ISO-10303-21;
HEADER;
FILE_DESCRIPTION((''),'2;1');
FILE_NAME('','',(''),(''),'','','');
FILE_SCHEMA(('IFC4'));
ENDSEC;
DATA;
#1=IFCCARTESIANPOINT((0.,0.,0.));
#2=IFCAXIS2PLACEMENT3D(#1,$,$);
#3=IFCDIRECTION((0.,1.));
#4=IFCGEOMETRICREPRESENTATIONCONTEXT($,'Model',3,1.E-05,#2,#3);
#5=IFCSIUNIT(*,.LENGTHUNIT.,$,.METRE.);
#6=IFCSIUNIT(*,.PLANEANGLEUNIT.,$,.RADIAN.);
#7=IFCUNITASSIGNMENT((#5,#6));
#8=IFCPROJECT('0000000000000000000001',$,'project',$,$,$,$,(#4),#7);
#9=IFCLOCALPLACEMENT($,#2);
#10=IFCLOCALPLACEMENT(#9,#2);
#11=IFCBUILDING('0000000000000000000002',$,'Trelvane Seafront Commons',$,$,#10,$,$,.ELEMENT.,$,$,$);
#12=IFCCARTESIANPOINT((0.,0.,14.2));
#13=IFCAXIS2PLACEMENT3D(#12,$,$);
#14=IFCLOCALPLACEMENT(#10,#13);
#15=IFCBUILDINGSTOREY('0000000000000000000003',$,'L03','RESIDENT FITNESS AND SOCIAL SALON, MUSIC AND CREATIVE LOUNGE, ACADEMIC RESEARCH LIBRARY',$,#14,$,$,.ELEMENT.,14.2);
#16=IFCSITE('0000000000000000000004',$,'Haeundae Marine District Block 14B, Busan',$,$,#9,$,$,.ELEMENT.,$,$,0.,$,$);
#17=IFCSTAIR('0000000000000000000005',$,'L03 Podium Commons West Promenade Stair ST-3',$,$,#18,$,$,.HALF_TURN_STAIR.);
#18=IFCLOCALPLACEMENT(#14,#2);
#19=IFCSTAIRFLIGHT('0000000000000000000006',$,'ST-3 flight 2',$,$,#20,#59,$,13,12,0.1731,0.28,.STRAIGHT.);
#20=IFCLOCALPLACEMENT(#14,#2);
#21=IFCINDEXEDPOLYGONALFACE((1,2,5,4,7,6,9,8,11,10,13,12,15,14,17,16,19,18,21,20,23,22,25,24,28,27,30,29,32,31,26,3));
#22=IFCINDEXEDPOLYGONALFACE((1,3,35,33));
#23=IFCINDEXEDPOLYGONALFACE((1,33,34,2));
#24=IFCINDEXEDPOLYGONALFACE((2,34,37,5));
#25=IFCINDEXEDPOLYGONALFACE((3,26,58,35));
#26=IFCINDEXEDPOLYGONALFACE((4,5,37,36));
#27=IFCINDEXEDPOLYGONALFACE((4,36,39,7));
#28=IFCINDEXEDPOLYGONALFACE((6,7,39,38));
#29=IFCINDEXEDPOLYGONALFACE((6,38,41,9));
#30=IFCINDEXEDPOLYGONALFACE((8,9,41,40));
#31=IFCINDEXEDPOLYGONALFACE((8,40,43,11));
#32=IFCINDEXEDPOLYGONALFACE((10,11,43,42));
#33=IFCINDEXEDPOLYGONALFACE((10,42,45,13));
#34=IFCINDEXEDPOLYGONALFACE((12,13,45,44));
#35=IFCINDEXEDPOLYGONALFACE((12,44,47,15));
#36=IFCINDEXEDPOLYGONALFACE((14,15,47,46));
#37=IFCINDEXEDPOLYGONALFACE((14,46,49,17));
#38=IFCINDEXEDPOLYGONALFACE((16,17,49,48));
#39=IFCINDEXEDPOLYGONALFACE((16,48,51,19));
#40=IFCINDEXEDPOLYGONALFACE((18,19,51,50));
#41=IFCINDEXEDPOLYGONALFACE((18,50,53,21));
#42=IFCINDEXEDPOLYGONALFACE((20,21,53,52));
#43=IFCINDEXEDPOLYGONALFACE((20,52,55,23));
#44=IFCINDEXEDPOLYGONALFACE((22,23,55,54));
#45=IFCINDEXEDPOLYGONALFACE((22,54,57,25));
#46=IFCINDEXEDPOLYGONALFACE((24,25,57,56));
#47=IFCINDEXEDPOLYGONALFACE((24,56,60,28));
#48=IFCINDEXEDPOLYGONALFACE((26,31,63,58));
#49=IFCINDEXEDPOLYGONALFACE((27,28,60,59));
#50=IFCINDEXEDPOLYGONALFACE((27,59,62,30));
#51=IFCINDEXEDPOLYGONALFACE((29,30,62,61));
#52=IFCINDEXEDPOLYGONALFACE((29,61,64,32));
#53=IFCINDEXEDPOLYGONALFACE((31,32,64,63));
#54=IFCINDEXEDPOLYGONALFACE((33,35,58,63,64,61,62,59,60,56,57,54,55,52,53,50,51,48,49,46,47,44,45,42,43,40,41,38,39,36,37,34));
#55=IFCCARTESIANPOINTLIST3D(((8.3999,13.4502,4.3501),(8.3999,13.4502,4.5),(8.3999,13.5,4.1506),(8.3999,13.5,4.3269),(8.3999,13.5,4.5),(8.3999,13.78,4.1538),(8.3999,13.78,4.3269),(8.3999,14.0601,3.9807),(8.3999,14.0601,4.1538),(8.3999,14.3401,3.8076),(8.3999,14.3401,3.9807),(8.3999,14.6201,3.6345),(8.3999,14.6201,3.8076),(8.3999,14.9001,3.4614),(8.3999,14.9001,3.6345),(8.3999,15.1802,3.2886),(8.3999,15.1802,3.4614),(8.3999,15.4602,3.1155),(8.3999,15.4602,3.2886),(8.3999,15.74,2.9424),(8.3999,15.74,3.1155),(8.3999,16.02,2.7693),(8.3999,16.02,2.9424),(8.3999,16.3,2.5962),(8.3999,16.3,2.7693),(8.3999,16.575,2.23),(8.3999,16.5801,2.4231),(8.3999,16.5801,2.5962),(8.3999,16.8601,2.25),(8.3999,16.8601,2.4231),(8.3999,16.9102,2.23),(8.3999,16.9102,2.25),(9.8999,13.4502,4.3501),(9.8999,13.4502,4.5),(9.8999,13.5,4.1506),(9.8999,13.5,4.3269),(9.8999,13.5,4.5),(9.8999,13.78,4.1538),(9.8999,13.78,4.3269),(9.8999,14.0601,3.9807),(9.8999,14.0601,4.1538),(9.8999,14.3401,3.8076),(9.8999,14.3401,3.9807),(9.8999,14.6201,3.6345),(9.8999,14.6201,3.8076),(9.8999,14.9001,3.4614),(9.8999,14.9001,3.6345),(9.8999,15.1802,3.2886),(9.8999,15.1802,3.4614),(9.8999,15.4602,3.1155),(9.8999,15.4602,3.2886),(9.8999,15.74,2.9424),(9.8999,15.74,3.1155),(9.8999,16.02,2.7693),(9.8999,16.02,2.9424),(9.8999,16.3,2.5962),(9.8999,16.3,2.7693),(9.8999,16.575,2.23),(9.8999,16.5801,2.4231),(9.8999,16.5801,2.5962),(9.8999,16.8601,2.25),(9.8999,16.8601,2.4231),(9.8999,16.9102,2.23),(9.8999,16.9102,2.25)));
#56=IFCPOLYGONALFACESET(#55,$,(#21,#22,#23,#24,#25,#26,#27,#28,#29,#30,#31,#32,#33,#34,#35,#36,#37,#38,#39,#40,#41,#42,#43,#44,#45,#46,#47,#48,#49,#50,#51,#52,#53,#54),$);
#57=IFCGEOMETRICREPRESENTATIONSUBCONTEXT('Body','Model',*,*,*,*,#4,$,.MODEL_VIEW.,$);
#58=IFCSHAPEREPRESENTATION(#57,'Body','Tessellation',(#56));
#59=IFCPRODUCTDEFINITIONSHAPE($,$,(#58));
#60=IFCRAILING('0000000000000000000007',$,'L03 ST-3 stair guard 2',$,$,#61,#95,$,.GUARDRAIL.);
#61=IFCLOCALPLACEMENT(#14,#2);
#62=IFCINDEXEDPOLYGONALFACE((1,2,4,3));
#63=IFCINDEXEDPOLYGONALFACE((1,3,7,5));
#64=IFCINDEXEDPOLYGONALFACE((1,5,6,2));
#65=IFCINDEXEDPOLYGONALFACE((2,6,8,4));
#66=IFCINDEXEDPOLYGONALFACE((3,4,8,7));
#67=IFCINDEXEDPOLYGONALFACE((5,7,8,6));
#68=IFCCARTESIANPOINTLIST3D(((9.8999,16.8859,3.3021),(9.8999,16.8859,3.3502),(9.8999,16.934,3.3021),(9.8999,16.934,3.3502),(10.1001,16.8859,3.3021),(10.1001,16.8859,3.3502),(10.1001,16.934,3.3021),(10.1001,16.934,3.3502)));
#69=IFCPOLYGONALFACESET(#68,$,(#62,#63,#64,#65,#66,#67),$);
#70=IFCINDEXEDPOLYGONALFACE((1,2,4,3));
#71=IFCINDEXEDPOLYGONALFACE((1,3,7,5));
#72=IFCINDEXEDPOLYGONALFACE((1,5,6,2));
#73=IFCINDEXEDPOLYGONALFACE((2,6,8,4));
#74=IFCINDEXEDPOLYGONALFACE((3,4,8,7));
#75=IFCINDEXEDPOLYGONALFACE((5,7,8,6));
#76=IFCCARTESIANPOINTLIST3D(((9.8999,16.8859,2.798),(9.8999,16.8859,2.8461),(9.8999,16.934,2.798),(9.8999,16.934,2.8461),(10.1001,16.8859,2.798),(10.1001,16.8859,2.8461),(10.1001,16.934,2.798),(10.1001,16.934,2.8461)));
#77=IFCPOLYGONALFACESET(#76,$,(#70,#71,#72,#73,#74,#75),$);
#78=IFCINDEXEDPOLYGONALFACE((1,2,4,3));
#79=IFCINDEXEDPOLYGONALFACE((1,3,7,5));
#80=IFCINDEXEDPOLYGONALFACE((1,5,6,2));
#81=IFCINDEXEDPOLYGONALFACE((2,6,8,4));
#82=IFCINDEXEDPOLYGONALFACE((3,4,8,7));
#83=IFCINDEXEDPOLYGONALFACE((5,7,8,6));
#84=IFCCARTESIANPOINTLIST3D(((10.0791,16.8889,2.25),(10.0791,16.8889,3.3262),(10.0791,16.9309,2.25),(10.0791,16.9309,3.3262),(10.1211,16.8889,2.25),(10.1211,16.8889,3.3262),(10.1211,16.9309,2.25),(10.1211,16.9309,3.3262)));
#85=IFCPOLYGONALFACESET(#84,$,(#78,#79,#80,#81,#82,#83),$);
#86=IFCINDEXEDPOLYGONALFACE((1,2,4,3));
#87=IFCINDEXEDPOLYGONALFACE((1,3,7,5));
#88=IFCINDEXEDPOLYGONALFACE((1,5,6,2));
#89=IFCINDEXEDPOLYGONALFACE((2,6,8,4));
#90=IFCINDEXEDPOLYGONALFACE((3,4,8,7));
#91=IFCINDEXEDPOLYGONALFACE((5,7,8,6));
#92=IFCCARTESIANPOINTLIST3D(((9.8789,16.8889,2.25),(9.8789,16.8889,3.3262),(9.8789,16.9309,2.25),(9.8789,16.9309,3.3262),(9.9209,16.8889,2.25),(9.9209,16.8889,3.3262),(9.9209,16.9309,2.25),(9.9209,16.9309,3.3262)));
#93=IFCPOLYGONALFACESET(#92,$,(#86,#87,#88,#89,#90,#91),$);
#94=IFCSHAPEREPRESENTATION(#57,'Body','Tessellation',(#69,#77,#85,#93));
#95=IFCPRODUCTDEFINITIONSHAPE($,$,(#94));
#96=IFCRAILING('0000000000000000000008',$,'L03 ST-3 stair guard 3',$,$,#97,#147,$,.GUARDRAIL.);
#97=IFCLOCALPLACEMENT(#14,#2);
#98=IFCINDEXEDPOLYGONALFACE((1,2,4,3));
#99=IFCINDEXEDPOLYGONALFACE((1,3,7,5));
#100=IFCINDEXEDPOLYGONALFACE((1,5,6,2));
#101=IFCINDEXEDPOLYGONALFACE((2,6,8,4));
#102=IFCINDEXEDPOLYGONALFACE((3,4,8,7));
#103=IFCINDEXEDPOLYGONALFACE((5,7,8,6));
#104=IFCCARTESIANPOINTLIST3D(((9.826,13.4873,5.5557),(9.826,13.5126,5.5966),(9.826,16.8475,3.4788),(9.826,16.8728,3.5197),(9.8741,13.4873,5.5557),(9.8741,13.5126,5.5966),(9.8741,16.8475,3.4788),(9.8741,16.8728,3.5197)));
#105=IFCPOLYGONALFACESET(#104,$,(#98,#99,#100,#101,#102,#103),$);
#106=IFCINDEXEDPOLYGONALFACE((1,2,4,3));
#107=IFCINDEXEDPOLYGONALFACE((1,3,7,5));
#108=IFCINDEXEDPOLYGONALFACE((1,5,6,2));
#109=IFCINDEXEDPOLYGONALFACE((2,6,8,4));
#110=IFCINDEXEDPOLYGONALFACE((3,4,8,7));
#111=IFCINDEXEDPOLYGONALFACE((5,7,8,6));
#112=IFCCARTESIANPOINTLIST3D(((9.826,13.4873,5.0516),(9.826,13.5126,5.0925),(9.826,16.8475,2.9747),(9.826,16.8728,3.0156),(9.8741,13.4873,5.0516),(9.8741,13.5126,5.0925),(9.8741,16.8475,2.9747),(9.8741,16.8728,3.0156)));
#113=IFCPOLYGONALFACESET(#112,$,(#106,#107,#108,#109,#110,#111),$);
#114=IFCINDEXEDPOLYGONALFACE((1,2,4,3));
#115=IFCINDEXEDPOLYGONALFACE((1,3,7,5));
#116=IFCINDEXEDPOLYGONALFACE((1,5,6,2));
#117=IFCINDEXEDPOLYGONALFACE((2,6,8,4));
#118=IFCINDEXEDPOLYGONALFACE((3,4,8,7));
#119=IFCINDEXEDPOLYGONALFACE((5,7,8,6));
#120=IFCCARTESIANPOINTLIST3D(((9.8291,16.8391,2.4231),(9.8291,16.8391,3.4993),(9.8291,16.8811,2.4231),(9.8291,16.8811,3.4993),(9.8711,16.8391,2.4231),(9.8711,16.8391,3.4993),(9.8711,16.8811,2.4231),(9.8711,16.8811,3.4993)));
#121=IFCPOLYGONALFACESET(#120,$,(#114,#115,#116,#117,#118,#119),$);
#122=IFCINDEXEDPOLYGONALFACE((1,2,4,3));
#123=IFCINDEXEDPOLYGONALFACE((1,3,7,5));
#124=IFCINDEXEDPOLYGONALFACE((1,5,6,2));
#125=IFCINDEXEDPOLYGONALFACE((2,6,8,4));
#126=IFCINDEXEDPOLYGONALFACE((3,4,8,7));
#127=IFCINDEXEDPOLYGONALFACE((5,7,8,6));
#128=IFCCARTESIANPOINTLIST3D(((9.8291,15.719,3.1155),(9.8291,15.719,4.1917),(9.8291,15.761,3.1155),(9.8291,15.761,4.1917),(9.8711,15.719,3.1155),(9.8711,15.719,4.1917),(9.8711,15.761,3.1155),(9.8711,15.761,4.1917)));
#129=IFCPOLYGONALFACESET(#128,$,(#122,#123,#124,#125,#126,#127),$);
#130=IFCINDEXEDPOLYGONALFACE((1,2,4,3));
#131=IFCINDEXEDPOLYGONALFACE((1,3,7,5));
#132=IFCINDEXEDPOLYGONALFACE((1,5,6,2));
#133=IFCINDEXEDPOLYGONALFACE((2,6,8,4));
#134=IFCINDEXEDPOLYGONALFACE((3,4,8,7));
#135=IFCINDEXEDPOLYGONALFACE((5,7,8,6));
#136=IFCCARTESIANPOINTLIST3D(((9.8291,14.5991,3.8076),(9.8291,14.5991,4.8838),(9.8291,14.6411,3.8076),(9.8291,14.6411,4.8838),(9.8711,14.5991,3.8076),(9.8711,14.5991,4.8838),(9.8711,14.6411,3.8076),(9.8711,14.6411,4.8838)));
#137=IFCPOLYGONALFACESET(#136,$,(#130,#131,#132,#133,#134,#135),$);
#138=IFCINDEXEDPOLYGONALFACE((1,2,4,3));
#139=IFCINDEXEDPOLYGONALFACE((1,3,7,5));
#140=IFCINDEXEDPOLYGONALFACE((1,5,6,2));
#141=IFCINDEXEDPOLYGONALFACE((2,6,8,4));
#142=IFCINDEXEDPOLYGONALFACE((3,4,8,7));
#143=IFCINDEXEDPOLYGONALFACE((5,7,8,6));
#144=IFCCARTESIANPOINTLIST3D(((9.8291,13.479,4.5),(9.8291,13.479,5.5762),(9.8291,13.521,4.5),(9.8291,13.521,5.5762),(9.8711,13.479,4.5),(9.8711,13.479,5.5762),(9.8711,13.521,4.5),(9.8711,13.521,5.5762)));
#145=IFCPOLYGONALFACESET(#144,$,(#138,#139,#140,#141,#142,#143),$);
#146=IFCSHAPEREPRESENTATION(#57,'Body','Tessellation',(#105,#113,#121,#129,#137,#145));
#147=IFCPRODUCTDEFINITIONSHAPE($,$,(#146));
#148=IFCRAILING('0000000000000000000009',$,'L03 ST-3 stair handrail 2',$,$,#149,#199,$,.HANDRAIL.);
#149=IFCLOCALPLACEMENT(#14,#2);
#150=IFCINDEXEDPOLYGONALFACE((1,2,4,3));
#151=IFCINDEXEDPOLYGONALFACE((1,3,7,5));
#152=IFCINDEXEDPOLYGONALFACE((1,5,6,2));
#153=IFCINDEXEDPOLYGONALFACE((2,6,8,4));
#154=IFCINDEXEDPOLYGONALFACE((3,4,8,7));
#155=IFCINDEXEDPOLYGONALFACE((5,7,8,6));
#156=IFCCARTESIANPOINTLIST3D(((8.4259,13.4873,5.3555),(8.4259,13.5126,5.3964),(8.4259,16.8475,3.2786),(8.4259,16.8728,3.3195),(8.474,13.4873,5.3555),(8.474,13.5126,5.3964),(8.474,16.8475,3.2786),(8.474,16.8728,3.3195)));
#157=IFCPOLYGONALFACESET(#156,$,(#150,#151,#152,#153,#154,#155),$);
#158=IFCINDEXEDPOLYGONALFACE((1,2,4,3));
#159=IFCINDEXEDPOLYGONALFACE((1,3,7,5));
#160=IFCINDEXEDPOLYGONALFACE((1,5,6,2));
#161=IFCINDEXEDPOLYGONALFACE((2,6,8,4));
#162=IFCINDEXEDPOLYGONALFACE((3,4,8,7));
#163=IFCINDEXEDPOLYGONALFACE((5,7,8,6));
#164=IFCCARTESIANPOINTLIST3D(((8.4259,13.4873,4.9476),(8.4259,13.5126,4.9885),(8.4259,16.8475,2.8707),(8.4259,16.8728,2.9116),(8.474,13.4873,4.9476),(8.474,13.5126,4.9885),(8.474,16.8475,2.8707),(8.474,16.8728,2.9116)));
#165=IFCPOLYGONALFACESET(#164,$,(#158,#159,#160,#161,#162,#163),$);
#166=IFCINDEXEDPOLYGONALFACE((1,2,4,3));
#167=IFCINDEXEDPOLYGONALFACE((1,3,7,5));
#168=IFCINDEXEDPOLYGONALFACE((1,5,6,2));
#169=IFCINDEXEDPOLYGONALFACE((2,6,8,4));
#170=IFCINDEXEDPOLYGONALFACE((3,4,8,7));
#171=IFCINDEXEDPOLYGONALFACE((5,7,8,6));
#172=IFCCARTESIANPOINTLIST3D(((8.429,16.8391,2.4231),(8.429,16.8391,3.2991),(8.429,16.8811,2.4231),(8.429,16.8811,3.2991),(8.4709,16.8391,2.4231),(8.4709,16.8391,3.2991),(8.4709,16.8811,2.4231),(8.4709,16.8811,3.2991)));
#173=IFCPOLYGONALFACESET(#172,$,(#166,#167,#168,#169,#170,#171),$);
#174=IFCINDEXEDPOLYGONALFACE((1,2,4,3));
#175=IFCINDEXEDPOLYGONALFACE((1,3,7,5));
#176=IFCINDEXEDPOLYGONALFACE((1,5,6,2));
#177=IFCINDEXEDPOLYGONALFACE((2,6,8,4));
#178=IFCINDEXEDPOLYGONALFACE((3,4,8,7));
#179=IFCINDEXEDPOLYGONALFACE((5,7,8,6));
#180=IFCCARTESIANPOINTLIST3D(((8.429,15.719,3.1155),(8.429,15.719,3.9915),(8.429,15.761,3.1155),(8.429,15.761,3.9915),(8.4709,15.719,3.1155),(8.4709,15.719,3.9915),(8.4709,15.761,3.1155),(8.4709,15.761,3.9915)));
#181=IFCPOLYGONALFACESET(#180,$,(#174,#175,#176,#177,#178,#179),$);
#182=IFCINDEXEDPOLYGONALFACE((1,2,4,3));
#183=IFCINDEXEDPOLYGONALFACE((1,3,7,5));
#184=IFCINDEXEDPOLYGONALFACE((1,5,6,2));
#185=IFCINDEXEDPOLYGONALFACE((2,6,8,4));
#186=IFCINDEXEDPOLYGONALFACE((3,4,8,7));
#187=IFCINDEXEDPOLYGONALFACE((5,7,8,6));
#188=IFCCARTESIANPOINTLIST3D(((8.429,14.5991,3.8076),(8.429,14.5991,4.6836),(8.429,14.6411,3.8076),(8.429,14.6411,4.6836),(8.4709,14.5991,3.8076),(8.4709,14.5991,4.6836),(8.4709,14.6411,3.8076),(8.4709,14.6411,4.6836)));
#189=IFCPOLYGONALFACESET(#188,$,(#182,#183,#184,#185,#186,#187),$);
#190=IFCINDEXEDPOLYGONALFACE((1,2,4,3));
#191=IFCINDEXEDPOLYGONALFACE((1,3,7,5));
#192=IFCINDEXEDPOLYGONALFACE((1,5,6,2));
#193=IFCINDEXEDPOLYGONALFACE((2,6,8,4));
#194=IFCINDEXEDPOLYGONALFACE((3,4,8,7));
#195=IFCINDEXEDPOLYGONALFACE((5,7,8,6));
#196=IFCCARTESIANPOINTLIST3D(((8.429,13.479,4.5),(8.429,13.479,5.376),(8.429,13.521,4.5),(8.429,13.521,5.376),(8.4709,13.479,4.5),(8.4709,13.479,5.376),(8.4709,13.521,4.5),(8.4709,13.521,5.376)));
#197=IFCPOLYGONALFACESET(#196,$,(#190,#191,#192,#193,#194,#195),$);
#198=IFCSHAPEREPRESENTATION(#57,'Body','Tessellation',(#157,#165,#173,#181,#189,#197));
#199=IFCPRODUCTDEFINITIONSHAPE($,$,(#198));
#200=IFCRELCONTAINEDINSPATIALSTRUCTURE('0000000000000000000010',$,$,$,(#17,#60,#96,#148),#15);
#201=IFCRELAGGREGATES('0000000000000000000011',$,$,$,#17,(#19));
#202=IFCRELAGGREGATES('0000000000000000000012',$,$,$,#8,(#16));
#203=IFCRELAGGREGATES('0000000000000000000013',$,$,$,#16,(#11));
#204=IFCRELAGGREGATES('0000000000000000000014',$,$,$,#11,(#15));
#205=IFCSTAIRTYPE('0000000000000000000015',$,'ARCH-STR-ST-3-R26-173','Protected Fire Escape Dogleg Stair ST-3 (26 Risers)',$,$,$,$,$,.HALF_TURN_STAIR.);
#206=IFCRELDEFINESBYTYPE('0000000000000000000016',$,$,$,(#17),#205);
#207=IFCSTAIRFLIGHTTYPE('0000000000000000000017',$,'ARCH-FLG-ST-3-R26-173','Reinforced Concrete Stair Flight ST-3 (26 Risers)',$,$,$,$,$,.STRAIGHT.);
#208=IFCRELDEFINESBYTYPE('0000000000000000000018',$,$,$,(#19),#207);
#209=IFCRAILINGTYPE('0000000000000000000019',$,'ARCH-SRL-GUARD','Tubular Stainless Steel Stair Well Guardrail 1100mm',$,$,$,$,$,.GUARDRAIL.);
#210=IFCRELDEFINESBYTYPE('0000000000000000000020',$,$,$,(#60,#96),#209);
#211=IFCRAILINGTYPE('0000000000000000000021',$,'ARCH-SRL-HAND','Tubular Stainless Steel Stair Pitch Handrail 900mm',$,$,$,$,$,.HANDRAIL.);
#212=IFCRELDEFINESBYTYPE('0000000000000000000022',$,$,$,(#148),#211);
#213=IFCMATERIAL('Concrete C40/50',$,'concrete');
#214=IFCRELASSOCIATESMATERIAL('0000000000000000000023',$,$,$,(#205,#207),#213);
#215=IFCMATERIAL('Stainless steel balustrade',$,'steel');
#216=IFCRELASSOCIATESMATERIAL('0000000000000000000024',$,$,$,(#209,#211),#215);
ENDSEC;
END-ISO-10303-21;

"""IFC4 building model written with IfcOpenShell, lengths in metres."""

from ifc_helpers import new_model, si_unit, direction, frame, origin, origin_2d, place, context, subcontext, project, spatial, polyline, rectangle, outline, extrude, source, transform, mapped, material, type_object, element, aggregate, save


model = new_model("IFC4")

# Units and contexts
model_context = context("Model", 3, precision=1e-05, world=origin(), true_north=direction((0.0, 1.0)))
body_context = subcontext(model_context, "Body", "Model", "MODEL_VIEW")
ifc_project = project(units=[si_unit("LENGTHUNIT", "METRE"), si_unit("PLANEANGLEUNIT", "RADIAN")], contexts=[model_context])

# Site, building, storey
site_placement = place(None, origin())
site = spatial("IfcSite", under=ifc_project, at=site_placement, Name="Haeundae Marine District Block 14B, Busan", CompositionType="ELEMENT", RefElevation=0.0)
building_placement = place(site_placement, origin())
building = spatial("IfcBuilding", under=site, at=building_placement, Name="Trelvane Seafront Commons", CompositionType="ELEMENT")
storey_placement = place(building_placement, frame((0.0, 0.0, 14.2)))
storey = spatial("IfcBuildingStorey", under=building, at=storey_placement, Name="L03", Description="RESIDENT FITNESS AND SOCIAL SALON, MUSIC AND CREATIVE LOUNGE, ACADEMIC RESEARCH LIBRARY", CompositionType="ELEMENT", Elevation=14.2)

# Stair, stair flight
ifc_material_1 = material(Name="Concrete C40/50", Category="concrete")
stair_type = type_object("IfcStairType", Name="ARCH-STR-ST-3-R26-173", Description="Protected Fire Escape Dogleg Stair ST-3 (26 Risers)", PredefinedType="HALF_TURN_STAIR", material=ifc_material_1)
stair_placement = place(storey_placement, origin())
stair = element("IfcStair", 1, at=stair_placement, inside=storey, type_object=stair_type, Name="L03 Podium Commons West Promenade Stair ST-3", PredefinedType="HALF_TURN_STAIR")
stair_flight_type = type_object("IfcStairFlightType", Name="ARCH-FLG-ST-3-R26-173", Description="Reinforced Concrete Stair Flight ST-3 (26 Risers)", PredefinedType="STRAIGHT", material=ifc_material_1)
shared_shape_1 = source(origin(), body_context, "Body", "SweptSolid", [
    extrude(outline(polyline([(-0.05, -0.02), (-0.05, 0.0), (0.0, 0.0), (0.0, 0.1731), (0.28, 0.1731), (0.28, 0.3462), (0.5601, 0.3462), (0.5601, 0.5193), (0.8401, 0.5193), (0.8401, 0.6924), (1.1201, 0.6924), (1.1201, 0.8655), (1.3999, 0.8655), (1.3999, 1.0386), (1.6799, 1.0386), (1.6799, 1.2114), (1.96, 1.2114), (1.96, 1.3845), (2.24, 1.3845), (2.24, 1.5576), (2.52, 1.5576), (2.52, 1.7307), (2.8, 1.7307), (2.8, 1.9038), (3.0801, 1.9038), (3.0801, 2.0769), (3.3601, 2.0769), (3.3601, 2.25), (3.4099, 2.25), (3.4099, 2.1001), (3.3601, 1.9006), (0.2852, -0.02), (-0.05, -0.02)])), frame((0.0, 0.75, 0.0), z_axis=(0.0, -1.0, 0.0), x_axis=(1.0, 0.0, 0.0)), (0.0, 0.0, 1.0), 1.5),
])
stair_flight_placement = place(storey_placement, frame((9.1499, 16.8601, 2.25), z_axis=(0.0, 0.0, 1.0), x_axis=(0.0, -1.0, 0.0)))
stair_flight = element("IfcStairFlight", 2, at=stair_flight_placement, type_object=stair_flight_type, Name="ST-3 flight 2", NumberOfRisers=13, NumberOfTreads=12, PredefinedType="STRAIGHT", RiserHeight=0.1731, TreadLength=0.28, context=body_context, shape_type="MappedRepresentation", body=[
    mapped(shared_shape_1, transform((0.0, 0.0, 0.0), x_axis=(1.0, 0.0, 0.0), y_axis=(0.0, 1.0, 0.0), z_axis=(0.0, 0.0, 1.0), scale=1.0)),
])
aggregate(stair, [stair_flight])

# Railings
ifc_material_2 = material(Name="Stainless steel balustrade", Category="steel")
railing_type_1 = type_object("IfcRailingType", Name="ARCH-SRL-GUARD", Description="Tubular Stainless Steel Stair Well Guardrail 1100mm", PredefinedType="GUARDRAIL", material=ifc_material_2)
railing_1_placement = place(storey_placement, frame((10.1001, 16.9099, 2.25)))
element("IfcRailing", 3, at=railing_1_placement, inside=storey, type_object=railing_type_1, Name="L03 ST-3 stair guard 2", PredefinedType="GUARDRAIL", context=body_context, shape_type="SweptSolid", body=[
    extrude(rectangle(XDim=0.0481, YDim=0.0481, at=origin_2d()), frame((0.0, 0.0, 1.0762), z_axis=(-1.0, 0.0, 0.0), x_axis=(0.0, -1.0, 0.0)), (0.0, 0.0, 1.0), 0.2002),
    extrude(rectangle(XDim=0.0481, YDim=0.0481, at=origin_2d()), frame((0.0, 0.0, 0.572), z_axis=(-1.0, 0.0, 0.0), x_axis=(0.0, -1.0, 0.0)), (0.0, 0.0, 1.0), 0.2002),
    extrude(rectangle(XDim=0.042, YDim=0.042, at=origin_2d()), origin(), (0.0, 0.0, 1.0), 1.0762),
    extrude(rectangle(XDim=0.042, YDim=0.042, at=origin_2d()), frame((-0.2002, 0.0, 0.0)), (0.0, 0.0, 1.0), 1.0762),
])
railing_2_placement = place(storey_placement, frame((9.8501, 16.8601, 2.4231)))
element("IfcRailing", 4, at=railing_2_placement, inside=storey, type_object=railing_type_1, Name="L03 ST-3 stair guard 3", PredefinedType="GUARDRAIL", context=body_context, shape_type="SweptSolid", body=[
    extrude(rectangle(XDim=0.0481, YDim=0.0481, at=origin_2d()), frame((0.0, 0.0, 1.0762), z_axis=(0.0, -0.850623, 0.525776), x_axis=(1.0, 0.0, 0.0)), (0.0, 0.0, 1.0), 3.9502),
    extrude(rectangle(XDim=0.0481, YDim=0.0481, at=origin_2d()), frame((0.0, 0.0, 0.572), z_axis=(0.0, -0.850623, 0.525776), x_axis=(1.0, 0.0, 0.0)), (0.0, 0.0, 1.0), 3.9502),
    extrude(rectangle(XDim=0.042, YDim=0.042, at=origin_2d()), origin(), (0.0, 0.0, 1.0), 1.0762),
    extrude(rectangle(XDim=0.042, YDim=0.042, at=origin_2d()), frame((0.0, -1.1201, 0.6924)), (0.0, 0.0, 1.0), 1.0762),
    extrude(rectangle(XDim=0.042, YDim=0.042, at=origin_2d()), frame((0.0, -2.24, 1.3845)), (0.0, 0.0, 1.0), 1.0762),
    extrude(rectangle(XDim=0.042, YDim=0.042, at=origin_2d()), frame((0.0, -3.3601, 2.0769)), (0.0, 0.0, 1.0), 1.0762),
])
railing_type_2 = type_object("IfcRailingType", Name="ARCH-SRL-HAND", Description="Tubular Stainless Steel Stair Pitch Handrail 900mm", PredefinedType="HANDRAIL", material=ifc_material_2)
railing_3_placement = place(storey_placement, frame((8.45, 16.8601, 2.4231)))
element("IfcRailing", 5, at=railing_3_placement, inside=storey, type_object=railing_type_2, Name="L03 ST-3 stair handrail 2", PredefinedType="HANDRAIL", context=body_context, shape_type="SweptSolid", body=[
    extrude(rectangle(XDim=0.0481, YDim=0.0481, at=origin_2d()), frame((0.0, 0.0, 0.876), z_axis=(0.0, -0.850623, 0.525776), x_axis=(1.0, 0.0, 0.0)), (0.0, 0.0, 1.0), 3.9502),
    extrude(rectangle(XDim=0.0481, YDim=0.0481, at=origin_2d()), frame((0.0, 0.0, 0.468), z_axis=(0.0, -0.850623, 0.525776), x_axis=(1.0, 0.0, 0.0)), (0.0, 0.0, 1.0), 3.9502),
    extrude(rectangle(XDim=0.042, YDim=0.042, at=origin_2d()), origin(), (0.0, 0.0, 1.0), 0.876),
    extrude(rectangle(XDim=0.042, YDim=0.042, at=origin_2d()), frame((0.0, -1.1201, 0.6924)), (0.0, 0.0, 1.0), 0.876),
    extrude(rectangle(XDim=0.042, YDim=0.042, at=origin_2d()), frame((0.0, -2.24, 1.3845)), (0.0, 0.0, 1.0), 0.876),
    extrude(rectangle(XDim=0.042, YDim=0.042, at=origin_2d()), frame((0.0, -3.3601, 2.0769)), (0.0, 0.0, 1.0), 0.876),
])

save(model, "model.ifc")
